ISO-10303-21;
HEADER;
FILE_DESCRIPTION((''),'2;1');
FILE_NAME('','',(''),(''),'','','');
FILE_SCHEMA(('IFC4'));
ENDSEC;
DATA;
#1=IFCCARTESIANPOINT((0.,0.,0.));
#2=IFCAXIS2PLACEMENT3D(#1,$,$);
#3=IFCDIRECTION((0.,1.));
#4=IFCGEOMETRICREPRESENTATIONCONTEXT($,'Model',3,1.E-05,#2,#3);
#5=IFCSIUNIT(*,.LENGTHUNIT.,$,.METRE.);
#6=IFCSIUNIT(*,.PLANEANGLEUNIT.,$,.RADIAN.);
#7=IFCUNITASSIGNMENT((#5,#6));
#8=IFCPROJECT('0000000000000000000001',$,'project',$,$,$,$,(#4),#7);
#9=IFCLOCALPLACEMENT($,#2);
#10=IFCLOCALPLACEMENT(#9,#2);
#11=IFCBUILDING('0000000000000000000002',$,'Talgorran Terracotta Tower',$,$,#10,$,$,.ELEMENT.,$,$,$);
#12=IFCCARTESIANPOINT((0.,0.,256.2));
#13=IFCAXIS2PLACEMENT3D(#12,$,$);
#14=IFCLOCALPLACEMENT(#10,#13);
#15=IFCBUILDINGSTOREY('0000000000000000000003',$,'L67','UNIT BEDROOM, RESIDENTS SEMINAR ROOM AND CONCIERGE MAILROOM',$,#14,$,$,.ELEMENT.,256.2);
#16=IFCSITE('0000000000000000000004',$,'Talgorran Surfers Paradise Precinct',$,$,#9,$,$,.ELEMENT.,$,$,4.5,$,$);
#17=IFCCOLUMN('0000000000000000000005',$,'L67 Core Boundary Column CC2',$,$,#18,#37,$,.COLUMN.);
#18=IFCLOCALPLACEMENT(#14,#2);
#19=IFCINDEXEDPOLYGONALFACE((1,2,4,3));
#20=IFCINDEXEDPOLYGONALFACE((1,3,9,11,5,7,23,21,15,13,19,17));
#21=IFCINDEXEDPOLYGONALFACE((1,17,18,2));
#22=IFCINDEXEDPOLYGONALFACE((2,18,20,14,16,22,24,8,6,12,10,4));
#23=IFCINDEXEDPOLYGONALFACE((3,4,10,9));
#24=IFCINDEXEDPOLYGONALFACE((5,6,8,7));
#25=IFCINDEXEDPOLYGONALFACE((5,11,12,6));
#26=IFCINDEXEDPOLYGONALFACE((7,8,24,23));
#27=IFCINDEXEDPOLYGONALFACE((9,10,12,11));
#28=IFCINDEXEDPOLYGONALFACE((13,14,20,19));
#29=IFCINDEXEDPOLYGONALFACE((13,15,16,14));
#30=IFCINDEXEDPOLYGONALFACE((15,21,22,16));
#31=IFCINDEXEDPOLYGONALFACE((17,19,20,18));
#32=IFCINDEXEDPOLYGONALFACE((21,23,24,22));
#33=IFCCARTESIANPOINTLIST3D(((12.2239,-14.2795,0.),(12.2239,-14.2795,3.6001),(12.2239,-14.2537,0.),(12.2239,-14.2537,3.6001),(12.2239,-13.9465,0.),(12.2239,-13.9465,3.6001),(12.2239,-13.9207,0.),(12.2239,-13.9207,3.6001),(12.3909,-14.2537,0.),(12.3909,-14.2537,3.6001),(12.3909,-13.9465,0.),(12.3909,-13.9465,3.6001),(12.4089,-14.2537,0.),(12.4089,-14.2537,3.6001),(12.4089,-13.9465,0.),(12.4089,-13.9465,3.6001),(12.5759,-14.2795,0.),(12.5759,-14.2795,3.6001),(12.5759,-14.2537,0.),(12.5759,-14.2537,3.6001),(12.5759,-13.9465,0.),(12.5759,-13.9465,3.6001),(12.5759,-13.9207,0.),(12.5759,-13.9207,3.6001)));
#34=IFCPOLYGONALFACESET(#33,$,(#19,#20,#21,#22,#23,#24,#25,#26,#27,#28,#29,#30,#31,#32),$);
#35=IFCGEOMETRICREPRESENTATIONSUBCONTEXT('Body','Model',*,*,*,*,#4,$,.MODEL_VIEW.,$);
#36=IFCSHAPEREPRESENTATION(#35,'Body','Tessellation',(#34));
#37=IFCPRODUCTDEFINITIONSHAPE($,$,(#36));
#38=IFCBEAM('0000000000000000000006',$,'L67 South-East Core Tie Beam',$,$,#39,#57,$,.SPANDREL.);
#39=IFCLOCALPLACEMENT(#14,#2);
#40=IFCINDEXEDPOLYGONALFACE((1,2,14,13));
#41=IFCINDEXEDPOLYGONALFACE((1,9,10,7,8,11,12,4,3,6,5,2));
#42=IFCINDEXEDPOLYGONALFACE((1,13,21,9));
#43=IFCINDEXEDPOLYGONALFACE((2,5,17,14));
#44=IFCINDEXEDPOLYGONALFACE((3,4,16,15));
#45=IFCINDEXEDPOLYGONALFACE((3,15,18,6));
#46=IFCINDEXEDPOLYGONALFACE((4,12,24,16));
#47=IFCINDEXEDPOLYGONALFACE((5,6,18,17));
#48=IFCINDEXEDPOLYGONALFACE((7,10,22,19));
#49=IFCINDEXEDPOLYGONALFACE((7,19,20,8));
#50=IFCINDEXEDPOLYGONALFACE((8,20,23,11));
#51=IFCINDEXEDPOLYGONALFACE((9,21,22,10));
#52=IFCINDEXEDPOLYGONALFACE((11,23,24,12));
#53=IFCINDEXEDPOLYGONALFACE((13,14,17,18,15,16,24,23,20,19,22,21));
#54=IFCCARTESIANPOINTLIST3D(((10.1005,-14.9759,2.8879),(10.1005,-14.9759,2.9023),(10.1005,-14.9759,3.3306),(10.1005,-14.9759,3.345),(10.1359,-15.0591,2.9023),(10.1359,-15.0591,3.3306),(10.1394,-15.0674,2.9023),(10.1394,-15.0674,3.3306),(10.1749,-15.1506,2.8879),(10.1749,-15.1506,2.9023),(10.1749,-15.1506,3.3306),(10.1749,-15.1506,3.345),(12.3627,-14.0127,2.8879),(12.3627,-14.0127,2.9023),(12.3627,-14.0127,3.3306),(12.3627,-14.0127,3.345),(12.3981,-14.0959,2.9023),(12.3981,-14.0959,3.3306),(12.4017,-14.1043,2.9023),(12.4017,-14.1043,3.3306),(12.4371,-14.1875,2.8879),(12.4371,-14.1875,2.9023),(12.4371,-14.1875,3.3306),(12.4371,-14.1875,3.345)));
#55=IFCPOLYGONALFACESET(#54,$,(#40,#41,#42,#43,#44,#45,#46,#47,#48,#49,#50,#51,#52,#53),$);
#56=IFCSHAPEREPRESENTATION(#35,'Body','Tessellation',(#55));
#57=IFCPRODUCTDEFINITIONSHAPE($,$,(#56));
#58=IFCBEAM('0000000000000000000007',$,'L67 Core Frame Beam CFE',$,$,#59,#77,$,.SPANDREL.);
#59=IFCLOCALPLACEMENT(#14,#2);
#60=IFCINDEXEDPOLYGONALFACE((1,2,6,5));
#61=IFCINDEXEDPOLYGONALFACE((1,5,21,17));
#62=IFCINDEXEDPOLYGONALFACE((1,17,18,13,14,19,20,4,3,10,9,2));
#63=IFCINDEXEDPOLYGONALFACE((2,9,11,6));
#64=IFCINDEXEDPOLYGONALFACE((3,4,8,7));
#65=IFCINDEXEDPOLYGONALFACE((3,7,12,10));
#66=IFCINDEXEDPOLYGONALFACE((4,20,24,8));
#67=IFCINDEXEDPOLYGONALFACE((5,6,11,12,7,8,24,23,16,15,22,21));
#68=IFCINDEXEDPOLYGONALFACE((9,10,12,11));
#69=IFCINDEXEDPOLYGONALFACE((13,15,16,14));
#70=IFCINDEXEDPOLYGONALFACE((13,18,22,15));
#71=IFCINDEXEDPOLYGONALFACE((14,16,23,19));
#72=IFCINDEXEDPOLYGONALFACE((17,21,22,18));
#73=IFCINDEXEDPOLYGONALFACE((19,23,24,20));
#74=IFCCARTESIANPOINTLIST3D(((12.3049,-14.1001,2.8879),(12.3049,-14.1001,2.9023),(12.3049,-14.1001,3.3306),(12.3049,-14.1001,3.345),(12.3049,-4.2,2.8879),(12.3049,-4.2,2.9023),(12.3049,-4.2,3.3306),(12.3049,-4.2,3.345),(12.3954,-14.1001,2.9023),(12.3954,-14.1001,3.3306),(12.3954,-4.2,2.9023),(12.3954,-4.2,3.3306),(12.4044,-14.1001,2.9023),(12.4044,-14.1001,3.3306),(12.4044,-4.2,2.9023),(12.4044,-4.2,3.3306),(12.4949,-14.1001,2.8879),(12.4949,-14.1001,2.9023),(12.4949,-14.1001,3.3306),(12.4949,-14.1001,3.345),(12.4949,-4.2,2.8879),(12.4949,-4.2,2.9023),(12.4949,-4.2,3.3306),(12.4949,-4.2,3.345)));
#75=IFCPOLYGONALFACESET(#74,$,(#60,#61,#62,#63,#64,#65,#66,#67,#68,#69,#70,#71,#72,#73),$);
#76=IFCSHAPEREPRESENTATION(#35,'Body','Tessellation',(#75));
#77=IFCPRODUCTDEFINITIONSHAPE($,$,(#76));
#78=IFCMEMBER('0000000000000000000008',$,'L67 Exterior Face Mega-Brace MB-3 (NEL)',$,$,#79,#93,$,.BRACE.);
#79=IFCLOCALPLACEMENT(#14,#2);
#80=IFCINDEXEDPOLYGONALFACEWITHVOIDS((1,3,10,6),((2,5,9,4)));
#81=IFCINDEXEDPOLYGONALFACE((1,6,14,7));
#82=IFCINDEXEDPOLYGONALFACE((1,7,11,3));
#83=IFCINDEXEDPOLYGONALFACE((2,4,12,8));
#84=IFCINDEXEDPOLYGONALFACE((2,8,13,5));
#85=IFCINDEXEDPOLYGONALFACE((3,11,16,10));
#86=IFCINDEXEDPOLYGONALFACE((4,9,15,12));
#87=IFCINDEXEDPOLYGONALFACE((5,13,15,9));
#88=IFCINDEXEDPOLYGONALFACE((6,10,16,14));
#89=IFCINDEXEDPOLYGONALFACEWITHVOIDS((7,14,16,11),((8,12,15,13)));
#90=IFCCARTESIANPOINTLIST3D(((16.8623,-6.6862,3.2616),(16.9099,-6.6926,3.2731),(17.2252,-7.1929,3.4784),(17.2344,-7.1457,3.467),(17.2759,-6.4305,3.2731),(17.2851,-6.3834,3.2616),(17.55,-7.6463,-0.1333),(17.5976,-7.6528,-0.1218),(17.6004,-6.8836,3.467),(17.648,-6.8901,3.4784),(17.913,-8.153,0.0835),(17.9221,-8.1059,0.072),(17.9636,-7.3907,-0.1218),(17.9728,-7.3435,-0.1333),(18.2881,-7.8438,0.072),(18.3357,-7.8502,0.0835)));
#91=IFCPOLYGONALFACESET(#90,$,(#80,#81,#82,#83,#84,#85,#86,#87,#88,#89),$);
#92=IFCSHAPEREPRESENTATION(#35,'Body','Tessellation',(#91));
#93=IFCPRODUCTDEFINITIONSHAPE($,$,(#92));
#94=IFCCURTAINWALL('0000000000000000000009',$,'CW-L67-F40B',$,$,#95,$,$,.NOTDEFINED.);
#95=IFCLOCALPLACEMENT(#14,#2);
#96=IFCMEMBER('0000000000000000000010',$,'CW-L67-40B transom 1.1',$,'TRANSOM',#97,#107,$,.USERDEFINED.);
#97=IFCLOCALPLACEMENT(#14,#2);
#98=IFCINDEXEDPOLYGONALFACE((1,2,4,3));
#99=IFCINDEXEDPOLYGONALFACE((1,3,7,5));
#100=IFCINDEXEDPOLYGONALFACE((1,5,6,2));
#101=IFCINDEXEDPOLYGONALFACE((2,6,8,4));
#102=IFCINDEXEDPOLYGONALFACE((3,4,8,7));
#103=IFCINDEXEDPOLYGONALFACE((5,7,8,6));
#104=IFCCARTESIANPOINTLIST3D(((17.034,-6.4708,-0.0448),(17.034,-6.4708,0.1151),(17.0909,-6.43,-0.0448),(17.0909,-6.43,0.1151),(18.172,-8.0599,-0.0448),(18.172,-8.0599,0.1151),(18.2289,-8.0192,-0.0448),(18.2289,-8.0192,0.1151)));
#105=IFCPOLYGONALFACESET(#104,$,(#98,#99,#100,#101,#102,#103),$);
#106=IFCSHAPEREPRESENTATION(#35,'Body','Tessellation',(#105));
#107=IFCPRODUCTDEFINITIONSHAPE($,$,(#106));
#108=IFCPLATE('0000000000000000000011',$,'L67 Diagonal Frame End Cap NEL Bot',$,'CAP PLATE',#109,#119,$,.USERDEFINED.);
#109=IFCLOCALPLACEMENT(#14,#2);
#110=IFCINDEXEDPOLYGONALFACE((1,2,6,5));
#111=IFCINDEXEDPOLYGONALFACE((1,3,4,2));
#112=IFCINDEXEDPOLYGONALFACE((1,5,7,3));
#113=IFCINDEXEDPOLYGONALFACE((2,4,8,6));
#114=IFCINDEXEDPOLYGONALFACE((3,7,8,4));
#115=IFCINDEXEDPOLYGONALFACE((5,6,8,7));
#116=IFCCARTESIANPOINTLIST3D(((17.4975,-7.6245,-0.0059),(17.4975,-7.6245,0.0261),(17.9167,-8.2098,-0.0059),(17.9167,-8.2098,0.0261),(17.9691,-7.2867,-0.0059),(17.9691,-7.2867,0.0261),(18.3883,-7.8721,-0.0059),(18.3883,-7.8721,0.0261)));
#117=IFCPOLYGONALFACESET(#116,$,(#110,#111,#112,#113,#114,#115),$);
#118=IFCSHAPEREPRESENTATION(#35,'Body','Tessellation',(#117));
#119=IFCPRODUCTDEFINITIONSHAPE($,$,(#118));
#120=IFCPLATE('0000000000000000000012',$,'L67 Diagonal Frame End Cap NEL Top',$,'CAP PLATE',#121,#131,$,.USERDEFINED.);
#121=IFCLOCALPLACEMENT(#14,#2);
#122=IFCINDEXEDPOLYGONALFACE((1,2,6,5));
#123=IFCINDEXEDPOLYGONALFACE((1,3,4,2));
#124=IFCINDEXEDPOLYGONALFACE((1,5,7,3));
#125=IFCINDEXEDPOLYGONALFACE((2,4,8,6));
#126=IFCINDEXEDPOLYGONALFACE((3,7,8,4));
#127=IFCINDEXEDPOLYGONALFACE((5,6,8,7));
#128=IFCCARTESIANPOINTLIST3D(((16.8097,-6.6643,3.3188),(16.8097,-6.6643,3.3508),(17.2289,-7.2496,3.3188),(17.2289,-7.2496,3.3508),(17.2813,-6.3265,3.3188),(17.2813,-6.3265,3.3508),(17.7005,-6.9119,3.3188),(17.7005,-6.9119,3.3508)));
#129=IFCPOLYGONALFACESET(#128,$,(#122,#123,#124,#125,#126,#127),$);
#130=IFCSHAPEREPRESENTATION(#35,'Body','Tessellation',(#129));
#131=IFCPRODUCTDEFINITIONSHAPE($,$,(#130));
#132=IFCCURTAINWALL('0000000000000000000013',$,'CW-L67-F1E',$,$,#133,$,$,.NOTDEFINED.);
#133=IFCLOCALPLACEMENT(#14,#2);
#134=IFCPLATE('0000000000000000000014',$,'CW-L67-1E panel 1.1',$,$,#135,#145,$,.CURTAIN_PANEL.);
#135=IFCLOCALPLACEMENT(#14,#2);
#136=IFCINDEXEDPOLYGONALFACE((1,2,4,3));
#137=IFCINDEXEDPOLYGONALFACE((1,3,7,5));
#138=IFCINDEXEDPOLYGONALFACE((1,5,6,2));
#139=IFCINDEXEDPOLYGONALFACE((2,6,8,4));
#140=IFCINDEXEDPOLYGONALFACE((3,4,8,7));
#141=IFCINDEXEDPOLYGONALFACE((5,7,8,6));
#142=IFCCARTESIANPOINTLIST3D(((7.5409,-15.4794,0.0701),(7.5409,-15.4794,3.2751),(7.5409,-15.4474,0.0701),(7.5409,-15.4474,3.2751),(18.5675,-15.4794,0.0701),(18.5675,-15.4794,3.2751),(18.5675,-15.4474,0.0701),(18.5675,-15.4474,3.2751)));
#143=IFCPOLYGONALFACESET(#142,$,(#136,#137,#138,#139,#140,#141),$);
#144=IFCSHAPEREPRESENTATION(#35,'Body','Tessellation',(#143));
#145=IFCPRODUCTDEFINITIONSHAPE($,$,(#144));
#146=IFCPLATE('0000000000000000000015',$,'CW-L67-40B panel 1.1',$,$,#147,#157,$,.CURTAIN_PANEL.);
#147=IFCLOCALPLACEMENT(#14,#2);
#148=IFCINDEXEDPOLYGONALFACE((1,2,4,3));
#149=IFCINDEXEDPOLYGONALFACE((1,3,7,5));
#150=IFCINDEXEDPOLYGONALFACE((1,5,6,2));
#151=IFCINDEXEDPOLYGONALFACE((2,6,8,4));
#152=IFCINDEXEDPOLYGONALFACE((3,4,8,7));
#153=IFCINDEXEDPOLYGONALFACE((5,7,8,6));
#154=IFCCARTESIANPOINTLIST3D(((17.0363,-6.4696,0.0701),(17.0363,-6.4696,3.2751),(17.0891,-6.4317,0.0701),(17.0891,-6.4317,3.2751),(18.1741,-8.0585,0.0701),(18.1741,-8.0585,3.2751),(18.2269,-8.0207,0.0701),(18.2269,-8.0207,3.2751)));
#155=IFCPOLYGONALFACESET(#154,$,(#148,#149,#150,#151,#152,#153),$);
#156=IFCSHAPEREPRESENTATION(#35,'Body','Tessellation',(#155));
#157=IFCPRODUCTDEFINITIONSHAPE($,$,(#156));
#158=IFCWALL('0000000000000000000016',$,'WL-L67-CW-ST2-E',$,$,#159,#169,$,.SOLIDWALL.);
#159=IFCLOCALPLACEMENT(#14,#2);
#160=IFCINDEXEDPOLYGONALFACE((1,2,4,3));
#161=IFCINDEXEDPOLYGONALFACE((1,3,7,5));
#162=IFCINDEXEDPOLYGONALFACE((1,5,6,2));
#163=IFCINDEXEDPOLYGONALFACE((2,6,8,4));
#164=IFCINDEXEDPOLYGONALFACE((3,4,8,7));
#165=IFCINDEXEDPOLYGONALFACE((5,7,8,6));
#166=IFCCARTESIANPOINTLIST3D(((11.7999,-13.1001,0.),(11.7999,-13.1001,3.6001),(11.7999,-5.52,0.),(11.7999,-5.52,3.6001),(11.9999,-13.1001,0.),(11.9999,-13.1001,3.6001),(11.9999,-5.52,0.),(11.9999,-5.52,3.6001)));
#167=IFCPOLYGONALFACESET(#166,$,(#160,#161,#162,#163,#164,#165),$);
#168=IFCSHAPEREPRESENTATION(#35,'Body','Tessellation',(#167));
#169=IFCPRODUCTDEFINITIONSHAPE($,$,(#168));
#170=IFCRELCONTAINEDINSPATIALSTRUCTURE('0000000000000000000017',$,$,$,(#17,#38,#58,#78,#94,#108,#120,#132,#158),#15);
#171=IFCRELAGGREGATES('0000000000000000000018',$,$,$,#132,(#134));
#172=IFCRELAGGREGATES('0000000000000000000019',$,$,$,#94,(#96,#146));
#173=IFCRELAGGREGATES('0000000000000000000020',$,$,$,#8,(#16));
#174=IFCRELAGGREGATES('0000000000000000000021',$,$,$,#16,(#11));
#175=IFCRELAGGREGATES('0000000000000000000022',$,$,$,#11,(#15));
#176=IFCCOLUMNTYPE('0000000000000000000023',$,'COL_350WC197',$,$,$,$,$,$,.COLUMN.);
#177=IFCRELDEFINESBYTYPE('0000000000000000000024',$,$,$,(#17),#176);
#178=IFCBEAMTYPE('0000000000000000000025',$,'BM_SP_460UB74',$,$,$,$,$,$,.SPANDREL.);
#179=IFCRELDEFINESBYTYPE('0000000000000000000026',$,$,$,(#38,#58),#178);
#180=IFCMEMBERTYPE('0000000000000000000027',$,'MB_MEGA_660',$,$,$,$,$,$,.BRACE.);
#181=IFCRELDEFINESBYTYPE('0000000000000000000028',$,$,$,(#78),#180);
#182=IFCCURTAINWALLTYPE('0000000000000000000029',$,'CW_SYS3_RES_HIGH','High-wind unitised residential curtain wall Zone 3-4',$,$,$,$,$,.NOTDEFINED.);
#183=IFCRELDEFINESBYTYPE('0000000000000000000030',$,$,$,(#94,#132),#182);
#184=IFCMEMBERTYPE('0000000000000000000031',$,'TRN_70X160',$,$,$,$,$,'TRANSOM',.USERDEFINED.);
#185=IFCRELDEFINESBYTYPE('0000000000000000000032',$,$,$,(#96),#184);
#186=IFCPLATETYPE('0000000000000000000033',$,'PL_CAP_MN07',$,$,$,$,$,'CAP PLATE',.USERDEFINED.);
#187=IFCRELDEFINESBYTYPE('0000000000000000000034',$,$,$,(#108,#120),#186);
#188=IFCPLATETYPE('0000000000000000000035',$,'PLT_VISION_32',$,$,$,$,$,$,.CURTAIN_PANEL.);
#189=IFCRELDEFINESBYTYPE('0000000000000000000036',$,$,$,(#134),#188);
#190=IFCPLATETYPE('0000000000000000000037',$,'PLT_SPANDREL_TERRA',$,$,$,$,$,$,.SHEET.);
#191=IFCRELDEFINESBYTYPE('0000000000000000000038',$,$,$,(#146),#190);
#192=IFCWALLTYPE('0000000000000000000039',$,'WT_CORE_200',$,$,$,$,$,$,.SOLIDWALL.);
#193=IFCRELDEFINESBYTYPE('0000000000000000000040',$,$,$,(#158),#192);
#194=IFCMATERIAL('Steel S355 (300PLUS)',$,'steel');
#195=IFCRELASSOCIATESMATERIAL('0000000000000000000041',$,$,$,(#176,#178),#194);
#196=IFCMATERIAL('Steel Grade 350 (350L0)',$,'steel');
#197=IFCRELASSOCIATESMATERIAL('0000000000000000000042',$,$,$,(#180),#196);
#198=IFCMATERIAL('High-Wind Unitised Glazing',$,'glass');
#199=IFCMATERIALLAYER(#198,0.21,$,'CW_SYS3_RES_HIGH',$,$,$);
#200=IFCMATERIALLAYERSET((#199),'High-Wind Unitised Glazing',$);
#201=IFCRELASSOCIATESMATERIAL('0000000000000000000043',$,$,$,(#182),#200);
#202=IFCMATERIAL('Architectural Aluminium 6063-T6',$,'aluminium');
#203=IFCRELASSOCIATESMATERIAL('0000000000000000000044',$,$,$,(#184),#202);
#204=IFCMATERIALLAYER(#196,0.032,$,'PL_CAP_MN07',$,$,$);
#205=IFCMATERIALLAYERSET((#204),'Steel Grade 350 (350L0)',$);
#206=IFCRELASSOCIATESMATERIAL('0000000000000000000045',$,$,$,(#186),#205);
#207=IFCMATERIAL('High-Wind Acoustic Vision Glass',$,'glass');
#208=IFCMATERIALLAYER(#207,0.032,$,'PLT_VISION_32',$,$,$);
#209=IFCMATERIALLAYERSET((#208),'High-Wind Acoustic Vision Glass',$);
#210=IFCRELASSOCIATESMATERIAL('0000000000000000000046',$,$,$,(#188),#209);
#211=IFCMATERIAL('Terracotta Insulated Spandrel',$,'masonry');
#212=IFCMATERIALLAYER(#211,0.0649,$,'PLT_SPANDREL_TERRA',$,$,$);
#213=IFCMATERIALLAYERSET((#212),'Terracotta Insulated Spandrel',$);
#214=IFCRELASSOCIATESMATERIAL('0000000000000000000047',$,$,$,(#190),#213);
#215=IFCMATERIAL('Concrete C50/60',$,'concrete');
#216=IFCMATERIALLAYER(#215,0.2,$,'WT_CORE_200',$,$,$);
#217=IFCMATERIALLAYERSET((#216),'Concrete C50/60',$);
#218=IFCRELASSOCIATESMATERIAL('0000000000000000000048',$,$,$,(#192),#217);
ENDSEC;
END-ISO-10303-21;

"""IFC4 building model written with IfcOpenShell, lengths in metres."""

from ifc_helpers import new_model, si_unit, direction, frame, frame_2d, origin, origin_2d, place, context, subcontext, project, spatial, rectangle, hollow_rectangle, i_section, extrude, source, transform, mapped, material, layer, layer_set, material_profile, profile_set, type_object, type_shapes, element, aggregate, save


model = new_model("IFC4")

# Units and contexts
model_context = context("Model", 3, precision=1e-05, world=origin(), true_north=direction((0.0, 1.0)))
body_context = subcontext(model_context, "Body", "Model", "MODEL_VIEW")
ifc_project = project(units=[si_unit("LENGTHUNIT", "METRE"), si_unit("PLANEANGLEUNIT", "RADIAN")], contexts=[model_context])

# Site, building, storey
site_placement = place(None, origin())
site = spatial("IfcSite", under=ifc_project, at=site_placement, Name="Talgorran Surfers Paradise Precinct", CompositionType="ELEMENT", RefElevation=4.5)
building_placement = place(site_placement, origin())
building = spatial("IfcBuilding", under=site, at=building_placement, Name="Talgorran Terracotta Tower", CompositionType="ELEMENT")
storey_placement = place(building_placement, frame((0.0, 0.0, 256.2)))
storey = spatial("IfcBuildingStorey", under=building, at=storey_placement, Name="L67", Description="UNIT BEDROOM, RESIDENTS SEMINAR ROOM AND CONCIERGE MAILROOM", CompositionType="ELEMENT", Elevation=256.2)

# Column
ifc_material_1 = material(Name="Steel S355 (300PLUS)", Category="steel")
ifc_material_profile_1 = material_profile(ifc_material_1, i_section(OverallWidth=0.3521, OverallDepth=0.3589, WebThickness=0.0181, FlangeThickness=0.0259, at=origin_2d()), Name="350WC197")
ifc_profile_set_1 = profile_set([ifc_material_profile_1], Name="Steel S355 (300PLUS)")
column_type = type_object("IfcColumnType", Name="COL_350WC197", PredefinedType="COLUMN", material=ifc_profile_set_1)
column_placement = place(storey_placement, frame((12.3999, -14.1001, 0.0), z_axis=(0.0, 0.0, 1.0), x_axis=(1.0, 0.0, 0.0)))
element("IfcColumn", 1, at=column_placement, inside=storey, type_object=column_type, Name="L67 Core Boundary Column CC2", PredefinedType="COLUMN", context=body_context, shape_type="SweptSolid", body=[
    extrude(i_section(OverallWidth=0.3521, OverallDepth=0.3589, WebThickness=0.0181, FlangeThickness=0.0259, at=origin_2d()), origin(), (0.0, 0.0, 1.0), 3.6001),
])

# Beams
ifc_material_profile_2 = material_profile(ifc_material_1, i_section(OverallWidth=0.1899, OverallDepth=0.457, WebThickness=0.009, FlangeThickness=0.0144, at=origin_2d()), Name="460UB74.6")
ifc_profile_set_2 = profile_set([ifc_material_profile_2], Name="Steel S355 (300PLUS)")
beam_type = type_object("IfcBeamType", Name="BM_SP_460UB74", PredefinedType="SPANDREL", material=ifc_profile_set_2)
beam_1_placement = place(storey_placement, frame((12.3999, -14.1001, 3.1165), z_axis=(-0.920082, -0.391725, 0.0), x_axis=(0.391725, -0.920082, 0.0)))
element("IfcBeam", 2, at=beam_1_placement, inside=storey, type_object=beam_type, Name="L67 South-East Core Tie Beam", PredefinedType="SPANDREL", context=body_context, shape_type="SweptSolid", body=[
    extrude(i_section(OverallWidth=0.1899, OverallDepth=0.457, WebThickness=0.009, FlangeThickness=0.0144, at=origin_2d()), origin(), (0.0, 0.0, 1.0), 2.4587),
])
beam_2_placement = place(storey_placement, frame((12.3999, -14.1001, 3.1165), z_axis=(0.0, 1.0, 0.0), x_axis=(-1.0, 0.0, 0.0)))
element("IfcBeam", 3, at=beam_2_placement, inside=storey, type_object=beam_type, Name="L67 Core Frame Beam CFE", PredefinedType="SPANDREL", context=body_context, shape_type="SweptSolid", body=[
    extrude(i_section(OverallWidth=0.1899, OverallDepth=0.457, WebThickness=0.009, FlangeThickness=0.0144, at=origin_2d()), origin(), (0.0, 0.0, 1.0), 9.9001),
])

# Member
ifc_material_2 = material(Name="Steel Grade 350 (350L0)", Category="steel")
ifc_material_profile_3 = material_profile(ifc_material_2, hollow_rectangle(XDim=0.52, YDim=0.6599, WallThickness=0.0349, at=origin_2d()), Name="WBOX660X520X35")
ifc_profile_set_3 = profile_set([ifc_material_profile_3], Name="Steel Grade 350 (350L0)")
member_type_1 = type_object("IfcMemberType", Name="MB_MEGA_660", PredefinedType="BRACE", material=ifc_profile_set_3)
member_1_placement = place(storey_placement, frame((17.9429, -7.7483, -0.0249), z_axis=(-0.191327, 0.267124, 0.944478), x_axis=(-0.812979, -0.582294, 0.0)))
element("IfcMember", 4, at=member_1_placement, inside=storey, type_object=member_type_1, Name="L67 Exterior Face Mega-Brace MB-3 (NEL)", PredefinedType="BRACE", context=body_context, shape_type="SweptSolid", body=[
    extrude(hollow_rectangle(XDim=0.52, YDim=0.6599, WallThickness=0.0349, at=origin_2d()), origin(), (0.0, 0.0, 1.0), 3.5945),
])

# Curtain wall, member
ifc_material_3 = material(Name="High-Wind Unitised Glazing", Category="glass")
ifc_layer_1 = layer(ifc_material_3, 0.21, Name="CW_SYS3_RES_HIGH")
ifc_layer_set_1 = layer_set([ifc_layer_1], Name="High-Wind Unitised Glazing")
curtain_wall_type = type_object("IfcCurtainWallType", Name="CW_SYS3_RES_HIGH", Description="High-wind unitised residential curtain wall Zone 3-4", PredefinedType="NOTDEFINED", material=ifc_layer_set_1)
curtain_wall_1_placement = place(storey_placement, origin())
curtain_wall_1 = element("IfcCurtainWall", 5, at=curtain_wall_1_placement, inside=storey, type_object=curtain_wall_type, Name="CW-L67-F40B", PredefinedType="NOTDEFINED")
ifc_material_4 = material(Name="Architectural Aluminium 6063-T6", Category="aluminium")
ifc_material_profile_4 = material_profile(ifc_material_4, rectangle(XDim=0.0701, YDim=0.1599, at=origin_2d()), Name="CWT70X160")
ifc_profile_set_4 = profile_set([ifc_material_profile_4], Name="Architectural Aluminium 6063-T6")
member_type_2 = type_object("IfcMemberType", Name="TRN_70X160", ElementType="TRANSOM", PredefinedType="USERDEFINED", material=ifc_profile_set_4)
member_2_placement = place(storey_placement, frame((18.2004, -8.0396, 0.0352), z_axis=(-0.582207, 0.813041, 0.0), x_axis=(-0.813041, -0.582207, 0.0)))
member_2 = element("IfcMember", 6, at=member_2_placement, type_object=member_type_2, Name="CW-L67-40B transom 1.1", ObjectType="TRANSOM", PredefinedType="USERDEFINED", context=body_context, shape_type="SweptSolid", body=[
    extrude(rectangle(XDim=0.0701, YDim=0.1599, at=origin_2d()), origin(), (0.0, 0.0, 1.0), 1.9546),
])

# Plates
ifc_layer_2 = layer(ifc_material_2, 0.032, Name="PL_CAP_MN07")
ifc_layer_set_2 = layer_set([ifc_layer_2], Name="Steel Grade 350 (350L0)")
plate_type_1 = type_object("IfcPlateType", Name="PL_CAP_MN07", ElementType="CAP PLATE", PredefinedType="USERDEFINED", material=ifc_layer_set_2)
for number, where, z_axis, x_axis, name in (
    (7, (17.9429, -7.7483, -0.0059), (0.0, 0.0, 1.0), (-0.582265, 0.812999, 0.0), "L67 Diagonal Frame End Cap NEL Bot"),
    (8, (17.2551, -6.7881, 3.3188), (0.0, 0.0, 1.0), (-0.582265, 0.812999, 0.0), "L67 Diagonal Frame End Cap NEL Top"),
):
    element("IfcPlate", number, at=place(storey_placement, frame(where, z_axis=z_axis, x_axis=x_axis)), inside=storey, type_object=plate_type_1, Name=name, ObjectType="CAP PLATE", PredefinedType="USERDEFINED", context=body_context, shape_type="SweptSolid", body=[
        extrude(rectangle(XDim=0.72, YDim=0.5801, at=origin_2d()), origin(), (0.0, 0.0, 1.0), 0.032),
    ])

# Curtain wall, plate
curtain_wall_2_placement = place(storey_placement, origin())
curtain_wall_2 = element("IfcCurtainWall", 9, at=curtain_wall_2_placement, inside=storey, type_object=curtain_wall_type, Name="CW-L67-F1E", PredefinedType="NOTDEFINED")
ifc_material_5 = material(Name="High-Wind Acoustic Vision Glass", Category="glass")
ifc_layer_3 = layer(ifc_material_5, 0.032, Name="PLT_VISION_32")
ifc_layer_set_3 = layer_set([ifc_layer_3], Name="High-Wind Acoustic Vision Glass")
plate_type_2 = type_object("IfcPlateType", Name="PLT_VISION_32", PredefinedType="CURTAIN_PANEL", material=ifc_layer_set_3)
shared_shape_1 = source(origin(), body_context, "Body", "SweptSolid", [
    extrude(rectangle(XDim=11.0266, YDim=0.032, at=origin_2d()), origin(), (0.0, 0.0, 1.0), 3.2051),
])
type_shapes(plate_type_2, [shared_shape_1])
plate_1_placement = place(storey_placement, frame((13.0542, -15.4634, 0.0701), z_axis=(0.0, 0.0, 1.0), x_axis=(1.0, 0.0, 0.0)))
plate_1 = element("IfcPlate", 10, at=plate_1_placement, type_object=plate_type_2, Name="CW-L67-1E panel 1.1", PredefinedType="CURTAIN_PANEL", context=body_context, shape_type="MappedRepresentation", body=[
    mapped(shared_shape_1, transform((0.0, 0.0, 0.0), scale=1.0)),
])
aggregate(curtain_wall_2, [plate_1])

# Plate
ifc_material_6 = material(Name="Terracotta Insulated Spandrel", Category="masonry")
ifc_layer_4 = layer(ifc_material_6, 0.0649, Name="PLT_SPANDREL_TERRA")
ifc_layer_set_4 = layer_set([ifc_layer_4], Name="Terracotta Insulated Spandrel")
plate_type_3 = type_object("IfcPlateType", Name="PLT_SPANDREL_TERRA", PredefinedType="SHEET", material=ifc_layer_set_4)
shared_shape_2 = source(origin(), body_context, "Body", "SweptSolid", [
    extrude(rectangle(XDim=1.9543, YDim=0.0649, at=origin_2d()), origin(), (0.0, 0.0, 1.0), 3.2051),
])
type_shapes(plate_type_3, [shared_shape_2])
plate_2_placement = place(storey_placement, frame((17.6316, -7.2451, 0.0701), z_axis=(0.0, 0.0, 1.0), x_axis=(-0.582222, 0.81303, 0.0)))
plate_2 = element("IfcPlate", 11, at=plate_2_placement, type_object=plate_type_3, Name="CW-L67-40B panel 1.1", PredefinedType="CURTAIN_PANEL", context=body_context, shape_type="MappedRepresentation", body=[
    mapped(shared_shape_2, transform((0.0, 0.0, 0.0), scale=1.0)),
])
aggregate(curtain_wall_1, [member_2, plate_2])

# Wall
ifc_material_7 = material(Name="Concrete C50/60", Category="concrete")
ifc_layer_5 = layer(ifc_material_7, 0.2, Name="WT_CORE_200")
ifc_layer_set_5 = layer_set([ifc_layer_5], Name="Concrete C50/60")
wall_type_1 = type_object("IfcWallType", Name="WT_CORE_200", PredefinedType="SOLIDWALL", material=ifc_layer_set_5)
wall_1_placement = place(storey_placement, frame((11.8999, -13.1001, 0.0), z_axis=(0.0, 0.0, 1.0), x_axis=(0.0, 1.0, 0.0)))
element("IfcWall", 12, at=wall_1_placement, inside=storey, type_object=wall_type_1, Name="WL-L67-CW-ST2-E", PredefinedType="SOLIDWALL", context=body_context, shape_type="SweptSolid", body=[
    extrude(rectangle(XDim=7.5801, YDim=0.2, at=frame_2d((3.79, 0.0))), origin(), (0.0, 0.0, 1.0), 3.6001),
])

save(model, "model.ifc")
